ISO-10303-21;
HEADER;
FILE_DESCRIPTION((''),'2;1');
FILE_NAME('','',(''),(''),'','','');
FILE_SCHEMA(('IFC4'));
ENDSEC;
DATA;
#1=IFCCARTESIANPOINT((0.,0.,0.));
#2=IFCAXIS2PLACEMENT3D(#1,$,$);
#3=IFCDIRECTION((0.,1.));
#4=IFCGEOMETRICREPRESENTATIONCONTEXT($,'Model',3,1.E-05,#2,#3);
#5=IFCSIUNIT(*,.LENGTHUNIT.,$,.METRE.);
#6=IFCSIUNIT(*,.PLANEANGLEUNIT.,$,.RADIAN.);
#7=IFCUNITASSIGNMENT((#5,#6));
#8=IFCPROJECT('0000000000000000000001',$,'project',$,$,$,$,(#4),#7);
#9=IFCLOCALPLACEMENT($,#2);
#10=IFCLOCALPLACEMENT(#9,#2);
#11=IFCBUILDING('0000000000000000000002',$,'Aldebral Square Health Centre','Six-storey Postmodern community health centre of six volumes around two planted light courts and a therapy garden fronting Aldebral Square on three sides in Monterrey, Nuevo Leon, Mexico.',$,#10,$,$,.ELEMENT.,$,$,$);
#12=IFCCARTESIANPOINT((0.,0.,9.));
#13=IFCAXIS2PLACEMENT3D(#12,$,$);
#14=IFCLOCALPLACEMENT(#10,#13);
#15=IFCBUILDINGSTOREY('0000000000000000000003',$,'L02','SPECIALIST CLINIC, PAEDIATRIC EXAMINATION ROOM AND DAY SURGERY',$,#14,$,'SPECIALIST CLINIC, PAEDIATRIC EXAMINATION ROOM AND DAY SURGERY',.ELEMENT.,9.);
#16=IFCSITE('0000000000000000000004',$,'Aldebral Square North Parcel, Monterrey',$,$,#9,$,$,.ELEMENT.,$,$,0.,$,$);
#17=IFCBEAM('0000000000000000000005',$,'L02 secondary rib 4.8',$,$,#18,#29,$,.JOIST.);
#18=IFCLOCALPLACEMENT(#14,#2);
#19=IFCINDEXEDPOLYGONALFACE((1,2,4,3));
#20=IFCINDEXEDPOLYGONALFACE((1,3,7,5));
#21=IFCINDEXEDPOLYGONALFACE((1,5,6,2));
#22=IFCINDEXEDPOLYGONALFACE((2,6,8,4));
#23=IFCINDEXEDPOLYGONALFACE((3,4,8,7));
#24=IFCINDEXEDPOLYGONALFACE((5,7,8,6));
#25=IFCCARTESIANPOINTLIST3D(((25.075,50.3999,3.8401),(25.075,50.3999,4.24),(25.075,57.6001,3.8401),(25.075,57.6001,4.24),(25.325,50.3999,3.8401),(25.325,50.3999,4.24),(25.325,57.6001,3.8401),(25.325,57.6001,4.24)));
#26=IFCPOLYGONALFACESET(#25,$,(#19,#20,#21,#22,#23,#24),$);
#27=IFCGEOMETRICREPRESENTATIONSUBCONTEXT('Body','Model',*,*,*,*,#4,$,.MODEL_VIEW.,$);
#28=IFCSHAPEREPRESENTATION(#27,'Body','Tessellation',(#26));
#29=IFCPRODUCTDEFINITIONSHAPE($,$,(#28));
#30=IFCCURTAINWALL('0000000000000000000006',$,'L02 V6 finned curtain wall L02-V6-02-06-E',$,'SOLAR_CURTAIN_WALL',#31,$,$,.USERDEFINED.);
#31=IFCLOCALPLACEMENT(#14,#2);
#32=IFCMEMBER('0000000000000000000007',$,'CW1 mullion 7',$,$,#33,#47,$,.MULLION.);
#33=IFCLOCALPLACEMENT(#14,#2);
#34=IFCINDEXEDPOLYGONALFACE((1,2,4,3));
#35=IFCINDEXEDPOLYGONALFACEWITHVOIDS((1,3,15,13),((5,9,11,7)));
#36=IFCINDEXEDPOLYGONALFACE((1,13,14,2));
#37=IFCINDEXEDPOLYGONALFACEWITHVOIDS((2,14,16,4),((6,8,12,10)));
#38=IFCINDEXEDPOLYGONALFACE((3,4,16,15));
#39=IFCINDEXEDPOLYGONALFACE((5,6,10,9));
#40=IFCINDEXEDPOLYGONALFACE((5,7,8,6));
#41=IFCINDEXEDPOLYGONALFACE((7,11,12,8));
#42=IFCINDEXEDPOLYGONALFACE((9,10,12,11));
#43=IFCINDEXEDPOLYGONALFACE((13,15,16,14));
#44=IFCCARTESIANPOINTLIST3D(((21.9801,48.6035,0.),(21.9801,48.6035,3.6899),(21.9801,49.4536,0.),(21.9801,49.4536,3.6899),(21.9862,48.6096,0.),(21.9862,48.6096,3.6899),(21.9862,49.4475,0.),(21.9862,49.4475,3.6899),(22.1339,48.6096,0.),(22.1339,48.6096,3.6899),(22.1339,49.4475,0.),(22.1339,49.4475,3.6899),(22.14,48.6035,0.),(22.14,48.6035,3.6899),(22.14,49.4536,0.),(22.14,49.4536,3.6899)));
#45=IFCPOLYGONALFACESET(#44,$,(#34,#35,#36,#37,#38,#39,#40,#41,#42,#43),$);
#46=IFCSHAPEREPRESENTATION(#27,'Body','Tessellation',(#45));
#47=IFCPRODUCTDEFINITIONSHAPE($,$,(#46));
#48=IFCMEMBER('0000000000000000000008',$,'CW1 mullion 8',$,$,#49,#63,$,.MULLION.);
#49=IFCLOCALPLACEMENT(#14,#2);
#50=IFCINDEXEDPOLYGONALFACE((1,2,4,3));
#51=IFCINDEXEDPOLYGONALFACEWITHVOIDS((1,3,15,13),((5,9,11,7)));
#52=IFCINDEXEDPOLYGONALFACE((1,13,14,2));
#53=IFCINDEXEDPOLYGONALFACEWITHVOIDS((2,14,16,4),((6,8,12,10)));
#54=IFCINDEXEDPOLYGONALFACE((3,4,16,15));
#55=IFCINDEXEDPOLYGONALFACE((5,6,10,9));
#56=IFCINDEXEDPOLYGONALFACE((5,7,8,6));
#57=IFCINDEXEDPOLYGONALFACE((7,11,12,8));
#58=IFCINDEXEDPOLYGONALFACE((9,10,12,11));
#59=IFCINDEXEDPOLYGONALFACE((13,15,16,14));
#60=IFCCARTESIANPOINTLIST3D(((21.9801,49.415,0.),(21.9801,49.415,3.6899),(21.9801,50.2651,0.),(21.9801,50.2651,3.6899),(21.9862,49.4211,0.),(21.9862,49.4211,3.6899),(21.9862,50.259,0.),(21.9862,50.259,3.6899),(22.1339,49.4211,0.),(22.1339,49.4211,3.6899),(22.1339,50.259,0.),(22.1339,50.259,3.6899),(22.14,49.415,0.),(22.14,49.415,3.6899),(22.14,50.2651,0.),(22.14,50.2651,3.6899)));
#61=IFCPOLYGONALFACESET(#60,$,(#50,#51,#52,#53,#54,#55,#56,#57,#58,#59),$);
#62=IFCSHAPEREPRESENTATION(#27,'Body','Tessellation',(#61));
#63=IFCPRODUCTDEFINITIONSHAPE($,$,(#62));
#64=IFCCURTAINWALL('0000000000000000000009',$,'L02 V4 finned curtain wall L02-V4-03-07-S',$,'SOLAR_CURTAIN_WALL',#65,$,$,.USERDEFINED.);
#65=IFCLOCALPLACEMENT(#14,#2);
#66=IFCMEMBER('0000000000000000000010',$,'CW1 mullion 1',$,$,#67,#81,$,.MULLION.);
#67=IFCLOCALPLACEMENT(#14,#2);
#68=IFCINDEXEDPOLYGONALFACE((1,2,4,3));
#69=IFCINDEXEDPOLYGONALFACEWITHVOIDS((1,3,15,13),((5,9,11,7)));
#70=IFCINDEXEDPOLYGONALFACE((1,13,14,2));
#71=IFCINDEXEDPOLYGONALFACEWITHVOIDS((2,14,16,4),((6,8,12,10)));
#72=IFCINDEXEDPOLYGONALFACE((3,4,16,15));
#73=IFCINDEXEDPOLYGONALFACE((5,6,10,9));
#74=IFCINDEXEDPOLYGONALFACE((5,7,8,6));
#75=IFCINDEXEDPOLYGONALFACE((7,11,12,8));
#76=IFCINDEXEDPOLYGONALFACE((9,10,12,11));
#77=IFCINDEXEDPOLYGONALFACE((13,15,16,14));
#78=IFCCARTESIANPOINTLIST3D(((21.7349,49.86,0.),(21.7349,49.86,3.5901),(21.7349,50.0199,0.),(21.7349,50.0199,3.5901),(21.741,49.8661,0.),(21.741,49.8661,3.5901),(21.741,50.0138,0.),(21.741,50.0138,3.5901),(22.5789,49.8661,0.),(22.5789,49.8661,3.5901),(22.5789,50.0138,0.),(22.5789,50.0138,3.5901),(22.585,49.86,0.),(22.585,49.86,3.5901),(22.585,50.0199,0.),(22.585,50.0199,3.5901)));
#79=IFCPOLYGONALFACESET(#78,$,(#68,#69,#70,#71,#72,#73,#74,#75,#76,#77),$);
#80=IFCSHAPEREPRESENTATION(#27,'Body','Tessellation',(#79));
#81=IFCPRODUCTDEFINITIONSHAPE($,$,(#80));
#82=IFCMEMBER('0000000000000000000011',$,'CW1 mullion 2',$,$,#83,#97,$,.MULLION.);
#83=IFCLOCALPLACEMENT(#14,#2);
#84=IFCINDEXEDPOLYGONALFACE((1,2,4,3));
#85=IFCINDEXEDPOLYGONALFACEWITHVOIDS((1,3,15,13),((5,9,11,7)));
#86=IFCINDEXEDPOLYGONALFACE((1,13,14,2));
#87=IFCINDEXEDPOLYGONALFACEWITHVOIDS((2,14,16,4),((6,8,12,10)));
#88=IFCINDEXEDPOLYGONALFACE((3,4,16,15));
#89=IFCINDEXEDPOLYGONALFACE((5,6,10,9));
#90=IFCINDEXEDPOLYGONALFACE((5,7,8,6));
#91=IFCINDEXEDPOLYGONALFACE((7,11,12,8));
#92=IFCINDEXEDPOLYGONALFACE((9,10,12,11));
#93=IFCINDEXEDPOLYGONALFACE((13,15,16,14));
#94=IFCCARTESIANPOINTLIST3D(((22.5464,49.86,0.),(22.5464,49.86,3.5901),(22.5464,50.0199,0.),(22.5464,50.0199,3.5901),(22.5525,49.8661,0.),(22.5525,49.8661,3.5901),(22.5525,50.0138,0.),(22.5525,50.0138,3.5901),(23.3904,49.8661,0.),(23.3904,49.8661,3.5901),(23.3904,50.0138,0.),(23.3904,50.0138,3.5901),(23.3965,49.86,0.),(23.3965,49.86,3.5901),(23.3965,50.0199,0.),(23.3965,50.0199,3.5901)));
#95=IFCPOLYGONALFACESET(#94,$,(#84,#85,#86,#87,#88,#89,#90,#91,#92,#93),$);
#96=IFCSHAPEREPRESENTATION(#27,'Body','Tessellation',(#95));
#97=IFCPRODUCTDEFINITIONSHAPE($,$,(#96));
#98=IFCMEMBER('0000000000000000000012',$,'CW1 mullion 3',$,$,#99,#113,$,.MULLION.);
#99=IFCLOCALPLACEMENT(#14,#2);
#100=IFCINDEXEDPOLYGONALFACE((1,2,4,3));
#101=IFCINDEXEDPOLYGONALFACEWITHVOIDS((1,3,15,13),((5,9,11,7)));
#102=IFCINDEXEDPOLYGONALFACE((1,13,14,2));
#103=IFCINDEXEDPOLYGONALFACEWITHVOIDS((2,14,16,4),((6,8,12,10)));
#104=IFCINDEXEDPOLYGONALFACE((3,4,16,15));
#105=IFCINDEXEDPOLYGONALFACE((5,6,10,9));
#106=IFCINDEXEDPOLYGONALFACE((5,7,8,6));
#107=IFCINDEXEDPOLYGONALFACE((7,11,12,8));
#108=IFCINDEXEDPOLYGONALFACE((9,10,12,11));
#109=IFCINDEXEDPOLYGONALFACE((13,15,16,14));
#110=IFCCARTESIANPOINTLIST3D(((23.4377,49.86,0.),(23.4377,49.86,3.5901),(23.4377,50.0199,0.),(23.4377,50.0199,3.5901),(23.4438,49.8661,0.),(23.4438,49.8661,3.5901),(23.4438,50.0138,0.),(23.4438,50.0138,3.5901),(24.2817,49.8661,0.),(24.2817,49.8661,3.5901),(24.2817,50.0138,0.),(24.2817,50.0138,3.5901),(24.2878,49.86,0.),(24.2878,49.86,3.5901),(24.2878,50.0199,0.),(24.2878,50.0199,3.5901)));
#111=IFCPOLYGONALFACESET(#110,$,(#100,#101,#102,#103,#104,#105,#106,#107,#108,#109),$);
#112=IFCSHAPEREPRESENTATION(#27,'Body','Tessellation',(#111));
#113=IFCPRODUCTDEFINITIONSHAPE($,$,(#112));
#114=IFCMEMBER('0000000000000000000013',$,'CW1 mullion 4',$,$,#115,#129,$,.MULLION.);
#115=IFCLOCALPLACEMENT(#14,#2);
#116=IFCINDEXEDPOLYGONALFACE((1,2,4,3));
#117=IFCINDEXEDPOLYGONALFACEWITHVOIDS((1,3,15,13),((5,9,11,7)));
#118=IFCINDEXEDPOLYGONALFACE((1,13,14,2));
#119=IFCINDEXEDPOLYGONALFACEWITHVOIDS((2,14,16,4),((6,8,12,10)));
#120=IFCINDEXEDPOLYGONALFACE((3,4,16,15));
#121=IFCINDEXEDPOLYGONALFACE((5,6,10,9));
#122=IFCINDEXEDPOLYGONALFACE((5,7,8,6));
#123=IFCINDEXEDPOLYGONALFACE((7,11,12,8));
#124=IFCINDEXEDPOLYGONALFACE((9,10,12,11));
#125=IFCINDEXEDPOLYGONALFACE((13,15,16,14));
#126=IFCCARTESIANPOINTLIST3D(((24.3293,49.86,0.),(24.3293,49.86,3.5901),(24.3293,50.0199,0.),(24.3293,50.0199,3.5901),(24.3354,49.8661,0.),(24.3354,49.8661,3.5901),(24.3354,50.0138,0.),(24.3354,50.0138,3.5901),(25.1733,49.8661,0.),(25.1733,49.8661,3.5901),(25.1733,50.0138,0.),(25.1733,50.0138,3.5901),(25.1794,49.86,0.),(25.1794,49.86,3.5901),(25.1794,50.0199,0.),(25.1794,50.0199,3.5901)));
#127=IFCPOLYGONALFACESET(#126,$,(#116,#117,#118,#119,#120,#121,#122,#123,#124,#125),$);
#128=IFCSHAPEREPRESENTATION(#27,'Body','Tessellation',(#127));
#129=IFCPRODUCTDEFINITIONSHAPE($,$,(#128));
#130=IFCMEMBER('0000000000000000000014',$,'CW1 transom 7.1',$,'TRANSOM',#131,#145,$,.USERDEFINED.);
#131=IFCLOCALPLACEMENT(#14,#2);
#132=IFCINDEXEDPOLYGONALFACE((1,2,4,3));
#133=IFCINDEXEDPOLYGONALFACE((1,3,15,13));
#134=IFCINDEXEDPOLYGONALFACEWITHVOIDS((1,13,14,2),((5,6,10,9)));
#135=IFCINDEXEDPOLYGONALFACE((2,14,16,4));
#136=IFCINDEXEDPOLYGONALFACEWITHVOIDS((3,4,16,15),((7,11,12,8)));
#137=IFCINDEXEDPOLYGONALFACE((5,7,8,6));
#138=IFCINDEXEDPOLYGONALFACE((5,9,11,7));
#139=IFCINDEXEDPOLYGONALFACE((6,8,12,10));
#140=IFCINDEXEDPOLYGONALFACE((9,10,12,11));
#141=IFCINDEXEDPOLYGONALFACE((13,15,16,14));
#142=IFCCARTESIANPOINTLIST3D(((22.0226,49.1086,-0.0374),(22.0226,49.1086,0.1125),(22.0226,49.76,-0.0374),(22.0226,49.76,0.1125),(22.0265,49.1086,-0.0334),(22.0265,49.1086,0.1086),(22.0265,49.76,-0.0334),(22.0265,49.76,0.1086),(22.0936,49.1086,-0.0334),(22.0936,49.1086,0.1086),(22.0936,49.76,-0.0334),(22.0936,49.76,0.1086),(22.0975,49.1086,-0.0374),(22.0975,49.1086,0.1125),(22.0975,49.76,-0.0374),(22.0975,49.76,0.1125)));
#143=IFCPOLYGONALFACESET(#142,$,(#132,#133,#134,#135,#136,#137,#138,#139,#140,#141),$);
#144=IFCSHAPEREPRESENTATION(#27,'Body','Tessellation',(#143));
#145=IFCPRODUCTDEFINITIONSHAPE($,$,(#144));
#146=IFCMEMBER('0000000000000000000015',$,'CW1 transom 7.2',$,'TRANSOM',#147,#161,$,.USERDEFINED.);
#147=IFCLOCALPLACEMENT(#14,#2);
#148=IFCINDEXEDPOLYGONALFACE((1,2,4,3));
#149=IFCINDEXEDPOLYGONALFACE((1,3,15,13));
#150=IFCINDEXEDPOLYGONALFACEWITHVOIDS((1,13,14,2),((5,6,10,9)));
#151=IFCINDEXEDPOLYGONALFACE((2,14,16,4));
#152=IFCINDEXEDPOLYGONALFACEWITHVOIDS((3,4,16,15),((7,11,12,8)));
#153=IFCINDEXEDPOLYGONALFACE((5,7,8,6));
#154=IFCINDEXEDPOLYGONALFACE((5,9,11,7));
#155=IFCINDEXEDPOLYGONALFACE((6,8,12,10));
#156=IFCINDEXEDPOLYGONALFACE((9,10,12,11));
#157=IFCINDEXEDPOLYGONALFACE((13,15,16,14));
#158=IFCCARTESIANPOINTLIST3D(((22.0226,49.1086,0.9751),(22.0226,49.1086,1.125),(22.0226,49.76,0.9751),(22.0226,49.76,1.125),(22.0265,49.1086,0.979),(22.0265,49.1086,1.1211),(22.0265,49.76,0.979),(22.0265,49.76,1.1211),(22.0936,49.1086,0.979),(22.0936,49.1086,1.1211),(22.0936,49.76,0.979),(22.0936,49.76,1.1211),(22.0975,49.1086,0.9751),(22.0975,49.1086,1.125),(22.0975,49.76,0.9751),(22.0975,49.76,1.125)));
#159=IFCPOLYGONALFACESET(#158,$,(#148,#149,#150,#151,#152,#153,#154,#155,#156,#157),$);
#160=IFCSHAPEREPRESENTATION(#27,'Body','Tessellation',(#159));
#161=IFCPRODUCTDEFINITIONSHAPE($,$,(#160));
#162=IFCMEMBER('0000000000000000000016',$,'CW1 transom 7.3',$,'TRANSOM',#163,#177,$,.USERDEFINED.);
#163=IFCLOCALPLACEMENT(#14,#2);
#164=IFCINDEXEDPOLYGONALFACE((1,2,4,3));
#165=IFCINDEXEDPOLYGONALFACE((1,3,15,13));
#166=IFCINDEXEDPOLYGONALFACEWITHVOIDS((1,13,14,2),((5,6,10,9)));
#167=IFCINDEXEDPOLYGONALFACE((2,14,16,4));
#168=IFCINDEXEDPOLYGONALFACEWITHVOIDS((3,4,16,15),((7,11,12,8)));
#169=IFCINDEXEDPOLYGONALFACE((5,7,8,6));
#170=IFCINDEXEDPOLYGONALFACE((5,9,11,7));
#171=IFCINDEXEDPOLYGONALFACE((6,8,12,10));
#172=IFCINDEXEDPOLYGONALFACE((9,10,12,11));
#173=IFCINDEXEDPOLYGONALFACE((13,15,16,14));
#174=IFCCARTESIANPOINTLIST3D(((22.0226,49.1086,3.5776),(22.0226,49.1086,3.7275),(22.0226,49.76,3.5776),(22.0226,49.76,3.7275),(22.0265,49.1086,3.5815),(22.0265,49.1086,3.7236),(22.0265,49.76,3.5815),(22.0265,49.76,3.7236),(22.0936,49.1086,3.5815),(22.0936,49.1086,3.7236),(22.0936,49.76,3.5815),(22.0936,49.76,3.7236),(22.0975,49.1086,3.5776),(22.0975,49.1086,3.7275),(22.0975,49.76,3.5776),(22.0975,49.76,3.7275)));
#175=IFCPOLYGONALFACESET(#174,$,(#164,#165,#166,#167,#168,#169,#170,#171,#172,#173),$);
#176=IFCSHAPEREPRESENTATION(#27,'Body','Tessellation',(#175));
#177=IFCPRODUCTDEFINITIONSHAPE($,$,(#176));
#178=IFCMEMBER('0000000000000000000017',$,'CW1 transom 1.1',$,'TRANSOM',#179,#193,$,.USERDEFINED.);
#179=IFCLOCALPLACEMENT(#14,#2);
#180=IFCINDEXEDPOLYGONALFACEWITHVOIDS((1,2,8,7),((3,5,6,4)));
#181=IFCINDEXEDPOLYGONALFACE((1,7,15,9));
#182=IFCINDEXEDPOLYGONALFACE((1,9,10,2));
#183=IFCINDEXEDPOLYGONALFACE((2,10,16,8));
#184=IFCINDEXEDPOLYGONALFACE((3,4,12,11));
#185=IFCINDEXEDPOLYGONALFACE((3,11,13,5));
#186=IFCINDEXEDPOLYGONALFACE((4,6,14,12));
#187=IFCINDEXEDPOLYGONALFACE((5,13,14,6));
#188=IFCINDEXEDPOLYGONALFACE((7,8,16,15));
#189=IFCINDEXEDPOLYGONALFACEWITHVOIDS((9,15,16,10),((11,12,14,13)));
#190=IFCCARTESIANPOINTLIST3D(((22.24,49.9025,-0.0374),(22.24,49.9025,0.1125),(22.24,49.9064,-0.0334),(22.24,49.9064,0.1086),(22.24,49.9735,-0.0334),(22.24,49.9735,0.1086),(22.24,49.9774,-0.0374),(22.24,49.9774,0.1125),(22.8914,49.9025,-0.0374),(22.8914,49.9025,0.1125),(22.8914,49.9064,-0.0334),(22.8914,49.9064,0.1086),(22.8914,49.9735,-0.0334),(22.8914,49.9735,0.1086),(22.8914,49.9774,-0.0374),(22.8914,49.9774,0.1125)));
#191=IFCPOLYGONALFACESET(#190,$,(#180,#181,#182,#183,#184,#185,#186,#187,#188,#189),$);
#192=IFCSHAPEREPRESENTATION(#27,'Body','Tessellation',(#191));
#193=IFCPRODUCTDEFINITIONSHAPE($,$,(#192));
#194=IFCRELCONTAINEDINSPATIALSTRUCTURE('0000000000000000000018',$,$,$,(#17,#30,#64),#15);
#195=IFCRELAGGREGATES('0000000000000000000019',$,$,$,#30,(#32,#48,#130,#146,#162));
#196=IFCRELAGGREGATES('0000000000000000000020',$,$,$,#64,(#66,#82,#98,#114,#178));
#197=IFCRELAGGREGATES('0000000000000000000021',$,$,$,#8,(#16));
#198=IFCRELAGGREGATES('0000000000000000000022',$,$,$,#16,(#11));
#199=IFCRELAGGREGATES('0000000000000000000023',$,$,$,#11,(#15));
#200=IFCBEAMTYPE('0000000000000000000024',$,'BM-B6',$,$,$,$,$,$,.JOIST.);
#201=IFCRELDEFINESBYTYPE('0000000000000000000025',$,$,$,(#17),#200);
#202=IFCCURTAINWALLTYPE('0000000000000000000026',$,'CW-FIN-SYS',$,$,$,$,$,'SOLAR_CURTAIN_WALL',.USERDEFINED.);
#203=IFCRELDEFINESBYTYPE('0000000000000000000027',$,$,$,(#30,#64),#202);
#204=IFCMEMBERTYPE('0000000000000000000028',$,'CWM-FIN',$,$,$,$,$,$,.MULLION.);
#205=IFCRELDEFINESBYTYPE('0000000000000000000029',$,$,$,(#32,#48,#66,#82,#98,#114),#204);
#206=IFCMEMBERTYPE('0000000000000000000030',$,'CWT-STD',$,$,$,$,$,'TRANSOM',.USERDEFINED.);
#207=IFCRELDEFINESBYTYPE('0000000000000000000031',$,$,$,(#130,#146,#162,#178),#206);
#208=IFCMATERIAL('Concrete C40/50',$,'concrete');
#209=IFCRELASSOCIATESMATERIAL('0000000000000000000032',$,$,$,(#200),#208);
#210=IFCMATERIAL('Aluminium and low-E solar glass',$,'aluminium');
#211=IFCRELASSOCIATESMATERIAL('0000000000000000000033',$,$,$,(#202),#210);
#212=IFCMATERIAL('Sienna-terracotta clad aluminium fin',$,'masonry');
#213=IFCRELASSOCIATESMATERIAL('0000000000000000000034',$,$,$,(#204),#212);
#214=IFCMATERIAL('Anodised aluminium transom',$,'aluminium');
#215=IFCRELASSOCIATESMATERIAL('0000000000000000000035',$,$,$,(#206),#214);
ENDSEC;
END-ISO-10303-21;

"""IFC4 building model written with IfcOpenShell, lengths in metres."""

from ifc_helpers import new_model, si_unit, direction, frame, origin, origin_2d, place, context, subcontext, project, spatial, rectangle, hollow_rectangle, extrude, material, material_profile, profile_set, type_object, element, aggregate, save


model = new_model("IFC4")

# Units and contexts
model_context = context("Model", 3, precision=1e-05, world=origin(), true_north=direction((0.0, 1.0)))
body_context = subcontext(model_context, "Body", "Model", "MODEL_VIEW")
ifc_project = project(units=[si_unit("LENGTHUNIT", "METRE"), si_unit("PLANEANGLEUNIT", "RADIAN")], contexts=[model_context])

# Site, building, storey
site_placement = place(None, origin())
site = spatial("IfcSite", under=ifc_project, at=site_placement, Name="Aldebral Square North Parcel, Monterrey", CompositionType="ELEMENT", RefElevation=0.0)
building_placement = place(site_placement, origin())
building = spatial("IfcBuilding", under=site, at=building_placement, Name="Aldebral Square Health Centre", Description="Six-storey Postmodern community health centre of six volumes around two planted light courts and a therapy garden fronting Aldebral Square on three sides in Monterrey, Nuevo Leon, Mexico.", CompositionType="ELEMENT")
storey_placement = place(building_placement, frame((0.0, 0.0, 9.0)))
storey = spatial("IfcBuildingStorey", under=building, at=storey_placement, Name="L02", Description="SPECIALIST CLINIC, PAEDIATRIC EXAMINATION ROOM AND DAY SURGERY", LongName="SPECIALIST CLINIC, PAEDIATRIC EXAMINATION ROOM AND DAY SURGERY", CompositionType="ELEMENT", Elevation=9.0)

# Beam
ifc_material_1 = material(Name="Concrete C40/50", Category="concrete")
ifc_material_profile_1 = material_profile(ifc_material_1, rectangle(XDim=0.25, YDim=0.3999, at=origin_2d()), Name="RC 250x400")
ifc_profile_set_1 = profile_set([ifc_material_profile_1], Name="Concrete C40/50")
beam_type = type_object("IfcBeamType", Name="BM-B6", PredefinedType="JOIST", material=ifc_profile_set_1)
beam_placement = place(storey_placement, frame((25.2, 50.3999, 4.04), z_axis=(0.0, 1.0, 0.0), x_axis=(-1.0, 0.0, 0.0)))
element("IfcBeam", 1, at=beam_placement, inside=storey, type_object=beam_type, Name="L02 secondary rib 4.8", PredefinedType="JOIST", context=body_context, shape_type="SweptSolid", body=[
    extrude(rectangle(XDim=0.25, YDim=0.3999, at=origin_2d()), origin(), (0.0, 0.0, 1.0), 7.2002),
])

# Curtain walls, members
ifc_material_2 = material(Name="Aluminium and low-E solar glass", Category="aluminium")
curtain_wall_type = type_object("IfcCurtainWallType", Name="CW-FIN-SYS", ElementType="SOLAR_CURTAIN_WALL", PredefinedType="USERDEFINED", material=ifc_material_2)
curtain_wall_1_placement = place(storey_placement, origin())
curtain_wall_1 = element("IfcCurtainWall", 2, at=curtain_wall_1_placement, inside=storey, type_object=curtain_wall_type, Name="L02 V6 finned curtain wall L02-V6-02-06-E", ObjectType="SOLAR_CURTAIN_WALL", PredefinedType="USERDEFINED")
ifc_material_3 = material(Name="Sienna-terracotta clad aluminium fin", Category="masonry")
ifc_material_profile_2 = material_profile(ifc_material_3, hollow_rectangle(XDim=0.1599, YDim=0.8501, WallThickness=0.0061, at=origin_2d()), Name="FIN 160x850x6")
ifc_profile_set_2 = profile_set([ifc_material_profile_2], Name="Sienna-terracotta clad aluminium fin")
member_type_1 = type_object("IfcMemberType", Name="CWM-FIN", PredefinedType="MULLION", material=ifc_profile_set_2)
member_1_placement = place(storey_placement, frame((22.0601, 49.0286, 0.0), z_axis=(0.0, 0.0, 1.0), x_axis=(-1.0, 0.0, 0.0)))
member_1 = element("IfcMember", 3, at=member_1_placement, type_object=member_type_1, Name="CW1 mullion 7", PredefinedType="MULLION", context=body_context, shape_type="SweptSolid", body=[
    extrude(hollow_rectangle(XDim=0.1599, YDim=0.8501, WallThickness=0.0061, at=origin_2d()), origin(), (0.0, 0.0, 1.0), 3.6899),
])
member_2_placement = place(storey_placement, frame((22.0601, 49.8401, 0.0), z_axis=(0.0, 0.0, 1.0), x_axis=(-1.0, 0.0, 0.0)))
member_2 = element("IfcMember", 4, at=member_2_placement, type_object=member_type_1, Name="CW1 mullion 8", PredefinedType="MULLION", context=body_context, shape_type="SweptSolid", body=[
    extrude(hollow_rectangle(XDim=0.1599, YDim=0.8501, WallThickness=0.0061, at=origin_2d()), origin(), (0.0, 0.0, 1.0), 3.6899),
])
curtain_wall_2_placement = place(storey_placement, origin())
curtain_wall_2 = element("IfcCurtainWall", 5, at=curtain_wall_2_placement, inside=storey, type_object=curtain_wall_type, Name="L02 V4 finned curtain wall L02-V4-03-07-S", ObjectType="SOLAR_CURTAIN_WALL", PredefinedType="USERDEFINED")
member_3_placement = place(storey_placement, frame((22.1599, 49.9399, 0.0), z_axis=(0.0, 0.0, 1.0), x_axis=(0.0, 1.0, 0.0)))
member_3 = element("IfcMember", 6, at=member_3_placement, type_object=member_type_1, Name="CW1 mullion 1", PredefinedType="MULLION", context=body_context, shape_type="SweptSolid", body=[
    extrude(hollow_rectangle(XDim=0.1599, YDim=0.8501, WallThickness=0.0061, at=origin_2d()), origin(), (0.0, 0.0, 1.0), 3.5901),
])
member_4_placement = place(storey_placement, frame((22.9714, 49.9399, 0.0), z_axis=(0.0, 0.0, 1.0), x_axis=(0.0, 1.0, 0.0)))
member_4 = element("IfcMember", 7, at=member_4_placement, type_object=member_type_1, Name="CW1 mullion 2", PredefinedType="MULLION", context=body_context, shape_type="SweptSolid", body=[
    extrude(hollow_rectangle(XDim=0.1599, YDim=0.8501, WallThickness=0.0061, at=origin_2d()), origin(), (0.0, 0.0, 1.0), 3.5901),
])
member_5_placement = place(storey_placement, frame((23.8628, 49.9399, 0.0), z_axis=(0.0, 0.0, 1.0), x_axis=(0.0, 1.0, 0.0)))
member_5 = element("IfcMember", 8, at=member_5_placement, type_object=member_type_1, Name="CW1 mullion 3", PredefinedType="MULLION", context=body_context, shape_type="SweptSolid", body=[
    extrude(hollow_rectangle(XDim=0.1599, YDim=0.8501, WallThickness=0.0061, at=origin_2d()), origin(), (0.0, 0.0, 1.0), 3.5901),
])
member_6_placement = place(storey_placement, frame((24.7544, 49.9399, 0.0), z_axis=(0.0, 0.0, 1.0), x_axis=(0.0, 1.0, 0.0)))
member_6 = element("IfcMember", 9, at=member_6_placement, type_object=member_type_1, Name="CW1 mullion 4", PredefinedType="MULLION", context=body_context, shape_type="SweptSolid", body=[
    extrude(hollow_rectangle(XDim=0.1599, YDim=0.8501, WallThickness=0.0061, at=origin_2d()), origin(), (0.0, 0.0, 1.0), 3.5901),
])

# Members
ifc_material_4 = material(Name="Anodised aluminium transom", Category="aluminium")
ifc_material_profile_3 = material_profile(ifc_material_4, hollow_rectangle(XDim=0.075, YDim=0.1499, WallThickness=0.0039, at=origin_2d()), Name="CWT 75x150x4")
ifc_profile_set_3 = profile_set([ifc_material_profile_3], Name="Anodised aluminium transom")
member_type_2 = type_object("IfcMemberType", Name="CWT-STD", ElementType="TRANSOM", PredefinedType="USERDEFINED", material=ifc_profile_set_3)
member_7_placement = place(storey_placement, frame((22.0601, 49.1086, 0.0376), z_axis=(0.0, 1.0, 0.0), x_axis=(-1.0, 0.0, 0.0)))
member_7 = element("IfcMember", 10, at=member_7_placement, type_object=member_type_2, Name="CW1 transom 7.1", ObjectType="TRANSOM", PredefinedType="USERDEFINED", context=body_context, shape_type="SweptSolid", body=[
    extrude(hollow_rectangle(XDim=0.075, YDim=0.1499, WallThickness=0.0039, at=origin_2d()), origin(), (0.0, 0.0, 1.0), 0.6514),
])
member_8_placement = place(storey_placement, frame((22.0601, 49.1086, 1.05), z_axis=(0.0, 1.0, 0.0), x_axis=(-1.0, 0.0, 0.0)))
member_8 = element("IfcMember", 11, at=member_8_placement, type_object=member_type_2, Name="CW1 transom 7.2", ObjectType="TRANSOM", PredefinedType="USERDEFINED", context=body_context, shape_type="SweptSolid", body=[
    extrude(hollow_rectangle(XDim=0.075, YDim=0.1499, WallThickness=0.0039, at=origin_2d()), origin(), (0.0, 0.0, 1.0), 0.6514),
])
member_9_placement = place(storey_placement, frame((22.0601, 49.1086, 3.6526), z_axis=(0.0, 1.0, 0.0), x_axis=(-1.0, 0.0, 0.0)))
member_9 = element("IfcMember", 12, at=member_9_placement, type_object=member_type_2, Name="CW1 transom 7.3", ObjectType="TRANSOM", PredefinedType="USERDEFINED", context=body_context, shape_type="SweptSolid", body=[
    extrude(hollow_rectangle(XDim=0.075, YDim=0.1499, WallThickness=0.0039, at=origin_2d()), origin(), (0.0, 0.0, 1.0), 0.6514),
])
member_10_placement = place(storey_placement, frame((22.24, 49.9399, 0.0376), z_axis=(1.0, 0.0, 0.0), x_axis=(0.0, 1.0, 0.0)))
member_10 = element("IfcMember", 13, at=member_10_placement, type_object=member_type_2, Name="CW1 transom 1.1", ObjectType="TRANSOM", PredefinedType="USERDEFINED", context=body_context, shape_type="SweptSolid", body=[
    extrude(hollow_rectangle(XDim=0.075, YDim=0.1499, WallThickness=0.0039, at=origin_2d()), origin(), (0.0, 0.0, 1.0), 0.6514),
])

aggregate(curtain_wall_1, [member_1, member_2, member_7, member_8, member_9])
aggregate(curtain_wall_2, [member_3, member_4, member_5, member_6, member_10])

save(model, "model.ifc")
